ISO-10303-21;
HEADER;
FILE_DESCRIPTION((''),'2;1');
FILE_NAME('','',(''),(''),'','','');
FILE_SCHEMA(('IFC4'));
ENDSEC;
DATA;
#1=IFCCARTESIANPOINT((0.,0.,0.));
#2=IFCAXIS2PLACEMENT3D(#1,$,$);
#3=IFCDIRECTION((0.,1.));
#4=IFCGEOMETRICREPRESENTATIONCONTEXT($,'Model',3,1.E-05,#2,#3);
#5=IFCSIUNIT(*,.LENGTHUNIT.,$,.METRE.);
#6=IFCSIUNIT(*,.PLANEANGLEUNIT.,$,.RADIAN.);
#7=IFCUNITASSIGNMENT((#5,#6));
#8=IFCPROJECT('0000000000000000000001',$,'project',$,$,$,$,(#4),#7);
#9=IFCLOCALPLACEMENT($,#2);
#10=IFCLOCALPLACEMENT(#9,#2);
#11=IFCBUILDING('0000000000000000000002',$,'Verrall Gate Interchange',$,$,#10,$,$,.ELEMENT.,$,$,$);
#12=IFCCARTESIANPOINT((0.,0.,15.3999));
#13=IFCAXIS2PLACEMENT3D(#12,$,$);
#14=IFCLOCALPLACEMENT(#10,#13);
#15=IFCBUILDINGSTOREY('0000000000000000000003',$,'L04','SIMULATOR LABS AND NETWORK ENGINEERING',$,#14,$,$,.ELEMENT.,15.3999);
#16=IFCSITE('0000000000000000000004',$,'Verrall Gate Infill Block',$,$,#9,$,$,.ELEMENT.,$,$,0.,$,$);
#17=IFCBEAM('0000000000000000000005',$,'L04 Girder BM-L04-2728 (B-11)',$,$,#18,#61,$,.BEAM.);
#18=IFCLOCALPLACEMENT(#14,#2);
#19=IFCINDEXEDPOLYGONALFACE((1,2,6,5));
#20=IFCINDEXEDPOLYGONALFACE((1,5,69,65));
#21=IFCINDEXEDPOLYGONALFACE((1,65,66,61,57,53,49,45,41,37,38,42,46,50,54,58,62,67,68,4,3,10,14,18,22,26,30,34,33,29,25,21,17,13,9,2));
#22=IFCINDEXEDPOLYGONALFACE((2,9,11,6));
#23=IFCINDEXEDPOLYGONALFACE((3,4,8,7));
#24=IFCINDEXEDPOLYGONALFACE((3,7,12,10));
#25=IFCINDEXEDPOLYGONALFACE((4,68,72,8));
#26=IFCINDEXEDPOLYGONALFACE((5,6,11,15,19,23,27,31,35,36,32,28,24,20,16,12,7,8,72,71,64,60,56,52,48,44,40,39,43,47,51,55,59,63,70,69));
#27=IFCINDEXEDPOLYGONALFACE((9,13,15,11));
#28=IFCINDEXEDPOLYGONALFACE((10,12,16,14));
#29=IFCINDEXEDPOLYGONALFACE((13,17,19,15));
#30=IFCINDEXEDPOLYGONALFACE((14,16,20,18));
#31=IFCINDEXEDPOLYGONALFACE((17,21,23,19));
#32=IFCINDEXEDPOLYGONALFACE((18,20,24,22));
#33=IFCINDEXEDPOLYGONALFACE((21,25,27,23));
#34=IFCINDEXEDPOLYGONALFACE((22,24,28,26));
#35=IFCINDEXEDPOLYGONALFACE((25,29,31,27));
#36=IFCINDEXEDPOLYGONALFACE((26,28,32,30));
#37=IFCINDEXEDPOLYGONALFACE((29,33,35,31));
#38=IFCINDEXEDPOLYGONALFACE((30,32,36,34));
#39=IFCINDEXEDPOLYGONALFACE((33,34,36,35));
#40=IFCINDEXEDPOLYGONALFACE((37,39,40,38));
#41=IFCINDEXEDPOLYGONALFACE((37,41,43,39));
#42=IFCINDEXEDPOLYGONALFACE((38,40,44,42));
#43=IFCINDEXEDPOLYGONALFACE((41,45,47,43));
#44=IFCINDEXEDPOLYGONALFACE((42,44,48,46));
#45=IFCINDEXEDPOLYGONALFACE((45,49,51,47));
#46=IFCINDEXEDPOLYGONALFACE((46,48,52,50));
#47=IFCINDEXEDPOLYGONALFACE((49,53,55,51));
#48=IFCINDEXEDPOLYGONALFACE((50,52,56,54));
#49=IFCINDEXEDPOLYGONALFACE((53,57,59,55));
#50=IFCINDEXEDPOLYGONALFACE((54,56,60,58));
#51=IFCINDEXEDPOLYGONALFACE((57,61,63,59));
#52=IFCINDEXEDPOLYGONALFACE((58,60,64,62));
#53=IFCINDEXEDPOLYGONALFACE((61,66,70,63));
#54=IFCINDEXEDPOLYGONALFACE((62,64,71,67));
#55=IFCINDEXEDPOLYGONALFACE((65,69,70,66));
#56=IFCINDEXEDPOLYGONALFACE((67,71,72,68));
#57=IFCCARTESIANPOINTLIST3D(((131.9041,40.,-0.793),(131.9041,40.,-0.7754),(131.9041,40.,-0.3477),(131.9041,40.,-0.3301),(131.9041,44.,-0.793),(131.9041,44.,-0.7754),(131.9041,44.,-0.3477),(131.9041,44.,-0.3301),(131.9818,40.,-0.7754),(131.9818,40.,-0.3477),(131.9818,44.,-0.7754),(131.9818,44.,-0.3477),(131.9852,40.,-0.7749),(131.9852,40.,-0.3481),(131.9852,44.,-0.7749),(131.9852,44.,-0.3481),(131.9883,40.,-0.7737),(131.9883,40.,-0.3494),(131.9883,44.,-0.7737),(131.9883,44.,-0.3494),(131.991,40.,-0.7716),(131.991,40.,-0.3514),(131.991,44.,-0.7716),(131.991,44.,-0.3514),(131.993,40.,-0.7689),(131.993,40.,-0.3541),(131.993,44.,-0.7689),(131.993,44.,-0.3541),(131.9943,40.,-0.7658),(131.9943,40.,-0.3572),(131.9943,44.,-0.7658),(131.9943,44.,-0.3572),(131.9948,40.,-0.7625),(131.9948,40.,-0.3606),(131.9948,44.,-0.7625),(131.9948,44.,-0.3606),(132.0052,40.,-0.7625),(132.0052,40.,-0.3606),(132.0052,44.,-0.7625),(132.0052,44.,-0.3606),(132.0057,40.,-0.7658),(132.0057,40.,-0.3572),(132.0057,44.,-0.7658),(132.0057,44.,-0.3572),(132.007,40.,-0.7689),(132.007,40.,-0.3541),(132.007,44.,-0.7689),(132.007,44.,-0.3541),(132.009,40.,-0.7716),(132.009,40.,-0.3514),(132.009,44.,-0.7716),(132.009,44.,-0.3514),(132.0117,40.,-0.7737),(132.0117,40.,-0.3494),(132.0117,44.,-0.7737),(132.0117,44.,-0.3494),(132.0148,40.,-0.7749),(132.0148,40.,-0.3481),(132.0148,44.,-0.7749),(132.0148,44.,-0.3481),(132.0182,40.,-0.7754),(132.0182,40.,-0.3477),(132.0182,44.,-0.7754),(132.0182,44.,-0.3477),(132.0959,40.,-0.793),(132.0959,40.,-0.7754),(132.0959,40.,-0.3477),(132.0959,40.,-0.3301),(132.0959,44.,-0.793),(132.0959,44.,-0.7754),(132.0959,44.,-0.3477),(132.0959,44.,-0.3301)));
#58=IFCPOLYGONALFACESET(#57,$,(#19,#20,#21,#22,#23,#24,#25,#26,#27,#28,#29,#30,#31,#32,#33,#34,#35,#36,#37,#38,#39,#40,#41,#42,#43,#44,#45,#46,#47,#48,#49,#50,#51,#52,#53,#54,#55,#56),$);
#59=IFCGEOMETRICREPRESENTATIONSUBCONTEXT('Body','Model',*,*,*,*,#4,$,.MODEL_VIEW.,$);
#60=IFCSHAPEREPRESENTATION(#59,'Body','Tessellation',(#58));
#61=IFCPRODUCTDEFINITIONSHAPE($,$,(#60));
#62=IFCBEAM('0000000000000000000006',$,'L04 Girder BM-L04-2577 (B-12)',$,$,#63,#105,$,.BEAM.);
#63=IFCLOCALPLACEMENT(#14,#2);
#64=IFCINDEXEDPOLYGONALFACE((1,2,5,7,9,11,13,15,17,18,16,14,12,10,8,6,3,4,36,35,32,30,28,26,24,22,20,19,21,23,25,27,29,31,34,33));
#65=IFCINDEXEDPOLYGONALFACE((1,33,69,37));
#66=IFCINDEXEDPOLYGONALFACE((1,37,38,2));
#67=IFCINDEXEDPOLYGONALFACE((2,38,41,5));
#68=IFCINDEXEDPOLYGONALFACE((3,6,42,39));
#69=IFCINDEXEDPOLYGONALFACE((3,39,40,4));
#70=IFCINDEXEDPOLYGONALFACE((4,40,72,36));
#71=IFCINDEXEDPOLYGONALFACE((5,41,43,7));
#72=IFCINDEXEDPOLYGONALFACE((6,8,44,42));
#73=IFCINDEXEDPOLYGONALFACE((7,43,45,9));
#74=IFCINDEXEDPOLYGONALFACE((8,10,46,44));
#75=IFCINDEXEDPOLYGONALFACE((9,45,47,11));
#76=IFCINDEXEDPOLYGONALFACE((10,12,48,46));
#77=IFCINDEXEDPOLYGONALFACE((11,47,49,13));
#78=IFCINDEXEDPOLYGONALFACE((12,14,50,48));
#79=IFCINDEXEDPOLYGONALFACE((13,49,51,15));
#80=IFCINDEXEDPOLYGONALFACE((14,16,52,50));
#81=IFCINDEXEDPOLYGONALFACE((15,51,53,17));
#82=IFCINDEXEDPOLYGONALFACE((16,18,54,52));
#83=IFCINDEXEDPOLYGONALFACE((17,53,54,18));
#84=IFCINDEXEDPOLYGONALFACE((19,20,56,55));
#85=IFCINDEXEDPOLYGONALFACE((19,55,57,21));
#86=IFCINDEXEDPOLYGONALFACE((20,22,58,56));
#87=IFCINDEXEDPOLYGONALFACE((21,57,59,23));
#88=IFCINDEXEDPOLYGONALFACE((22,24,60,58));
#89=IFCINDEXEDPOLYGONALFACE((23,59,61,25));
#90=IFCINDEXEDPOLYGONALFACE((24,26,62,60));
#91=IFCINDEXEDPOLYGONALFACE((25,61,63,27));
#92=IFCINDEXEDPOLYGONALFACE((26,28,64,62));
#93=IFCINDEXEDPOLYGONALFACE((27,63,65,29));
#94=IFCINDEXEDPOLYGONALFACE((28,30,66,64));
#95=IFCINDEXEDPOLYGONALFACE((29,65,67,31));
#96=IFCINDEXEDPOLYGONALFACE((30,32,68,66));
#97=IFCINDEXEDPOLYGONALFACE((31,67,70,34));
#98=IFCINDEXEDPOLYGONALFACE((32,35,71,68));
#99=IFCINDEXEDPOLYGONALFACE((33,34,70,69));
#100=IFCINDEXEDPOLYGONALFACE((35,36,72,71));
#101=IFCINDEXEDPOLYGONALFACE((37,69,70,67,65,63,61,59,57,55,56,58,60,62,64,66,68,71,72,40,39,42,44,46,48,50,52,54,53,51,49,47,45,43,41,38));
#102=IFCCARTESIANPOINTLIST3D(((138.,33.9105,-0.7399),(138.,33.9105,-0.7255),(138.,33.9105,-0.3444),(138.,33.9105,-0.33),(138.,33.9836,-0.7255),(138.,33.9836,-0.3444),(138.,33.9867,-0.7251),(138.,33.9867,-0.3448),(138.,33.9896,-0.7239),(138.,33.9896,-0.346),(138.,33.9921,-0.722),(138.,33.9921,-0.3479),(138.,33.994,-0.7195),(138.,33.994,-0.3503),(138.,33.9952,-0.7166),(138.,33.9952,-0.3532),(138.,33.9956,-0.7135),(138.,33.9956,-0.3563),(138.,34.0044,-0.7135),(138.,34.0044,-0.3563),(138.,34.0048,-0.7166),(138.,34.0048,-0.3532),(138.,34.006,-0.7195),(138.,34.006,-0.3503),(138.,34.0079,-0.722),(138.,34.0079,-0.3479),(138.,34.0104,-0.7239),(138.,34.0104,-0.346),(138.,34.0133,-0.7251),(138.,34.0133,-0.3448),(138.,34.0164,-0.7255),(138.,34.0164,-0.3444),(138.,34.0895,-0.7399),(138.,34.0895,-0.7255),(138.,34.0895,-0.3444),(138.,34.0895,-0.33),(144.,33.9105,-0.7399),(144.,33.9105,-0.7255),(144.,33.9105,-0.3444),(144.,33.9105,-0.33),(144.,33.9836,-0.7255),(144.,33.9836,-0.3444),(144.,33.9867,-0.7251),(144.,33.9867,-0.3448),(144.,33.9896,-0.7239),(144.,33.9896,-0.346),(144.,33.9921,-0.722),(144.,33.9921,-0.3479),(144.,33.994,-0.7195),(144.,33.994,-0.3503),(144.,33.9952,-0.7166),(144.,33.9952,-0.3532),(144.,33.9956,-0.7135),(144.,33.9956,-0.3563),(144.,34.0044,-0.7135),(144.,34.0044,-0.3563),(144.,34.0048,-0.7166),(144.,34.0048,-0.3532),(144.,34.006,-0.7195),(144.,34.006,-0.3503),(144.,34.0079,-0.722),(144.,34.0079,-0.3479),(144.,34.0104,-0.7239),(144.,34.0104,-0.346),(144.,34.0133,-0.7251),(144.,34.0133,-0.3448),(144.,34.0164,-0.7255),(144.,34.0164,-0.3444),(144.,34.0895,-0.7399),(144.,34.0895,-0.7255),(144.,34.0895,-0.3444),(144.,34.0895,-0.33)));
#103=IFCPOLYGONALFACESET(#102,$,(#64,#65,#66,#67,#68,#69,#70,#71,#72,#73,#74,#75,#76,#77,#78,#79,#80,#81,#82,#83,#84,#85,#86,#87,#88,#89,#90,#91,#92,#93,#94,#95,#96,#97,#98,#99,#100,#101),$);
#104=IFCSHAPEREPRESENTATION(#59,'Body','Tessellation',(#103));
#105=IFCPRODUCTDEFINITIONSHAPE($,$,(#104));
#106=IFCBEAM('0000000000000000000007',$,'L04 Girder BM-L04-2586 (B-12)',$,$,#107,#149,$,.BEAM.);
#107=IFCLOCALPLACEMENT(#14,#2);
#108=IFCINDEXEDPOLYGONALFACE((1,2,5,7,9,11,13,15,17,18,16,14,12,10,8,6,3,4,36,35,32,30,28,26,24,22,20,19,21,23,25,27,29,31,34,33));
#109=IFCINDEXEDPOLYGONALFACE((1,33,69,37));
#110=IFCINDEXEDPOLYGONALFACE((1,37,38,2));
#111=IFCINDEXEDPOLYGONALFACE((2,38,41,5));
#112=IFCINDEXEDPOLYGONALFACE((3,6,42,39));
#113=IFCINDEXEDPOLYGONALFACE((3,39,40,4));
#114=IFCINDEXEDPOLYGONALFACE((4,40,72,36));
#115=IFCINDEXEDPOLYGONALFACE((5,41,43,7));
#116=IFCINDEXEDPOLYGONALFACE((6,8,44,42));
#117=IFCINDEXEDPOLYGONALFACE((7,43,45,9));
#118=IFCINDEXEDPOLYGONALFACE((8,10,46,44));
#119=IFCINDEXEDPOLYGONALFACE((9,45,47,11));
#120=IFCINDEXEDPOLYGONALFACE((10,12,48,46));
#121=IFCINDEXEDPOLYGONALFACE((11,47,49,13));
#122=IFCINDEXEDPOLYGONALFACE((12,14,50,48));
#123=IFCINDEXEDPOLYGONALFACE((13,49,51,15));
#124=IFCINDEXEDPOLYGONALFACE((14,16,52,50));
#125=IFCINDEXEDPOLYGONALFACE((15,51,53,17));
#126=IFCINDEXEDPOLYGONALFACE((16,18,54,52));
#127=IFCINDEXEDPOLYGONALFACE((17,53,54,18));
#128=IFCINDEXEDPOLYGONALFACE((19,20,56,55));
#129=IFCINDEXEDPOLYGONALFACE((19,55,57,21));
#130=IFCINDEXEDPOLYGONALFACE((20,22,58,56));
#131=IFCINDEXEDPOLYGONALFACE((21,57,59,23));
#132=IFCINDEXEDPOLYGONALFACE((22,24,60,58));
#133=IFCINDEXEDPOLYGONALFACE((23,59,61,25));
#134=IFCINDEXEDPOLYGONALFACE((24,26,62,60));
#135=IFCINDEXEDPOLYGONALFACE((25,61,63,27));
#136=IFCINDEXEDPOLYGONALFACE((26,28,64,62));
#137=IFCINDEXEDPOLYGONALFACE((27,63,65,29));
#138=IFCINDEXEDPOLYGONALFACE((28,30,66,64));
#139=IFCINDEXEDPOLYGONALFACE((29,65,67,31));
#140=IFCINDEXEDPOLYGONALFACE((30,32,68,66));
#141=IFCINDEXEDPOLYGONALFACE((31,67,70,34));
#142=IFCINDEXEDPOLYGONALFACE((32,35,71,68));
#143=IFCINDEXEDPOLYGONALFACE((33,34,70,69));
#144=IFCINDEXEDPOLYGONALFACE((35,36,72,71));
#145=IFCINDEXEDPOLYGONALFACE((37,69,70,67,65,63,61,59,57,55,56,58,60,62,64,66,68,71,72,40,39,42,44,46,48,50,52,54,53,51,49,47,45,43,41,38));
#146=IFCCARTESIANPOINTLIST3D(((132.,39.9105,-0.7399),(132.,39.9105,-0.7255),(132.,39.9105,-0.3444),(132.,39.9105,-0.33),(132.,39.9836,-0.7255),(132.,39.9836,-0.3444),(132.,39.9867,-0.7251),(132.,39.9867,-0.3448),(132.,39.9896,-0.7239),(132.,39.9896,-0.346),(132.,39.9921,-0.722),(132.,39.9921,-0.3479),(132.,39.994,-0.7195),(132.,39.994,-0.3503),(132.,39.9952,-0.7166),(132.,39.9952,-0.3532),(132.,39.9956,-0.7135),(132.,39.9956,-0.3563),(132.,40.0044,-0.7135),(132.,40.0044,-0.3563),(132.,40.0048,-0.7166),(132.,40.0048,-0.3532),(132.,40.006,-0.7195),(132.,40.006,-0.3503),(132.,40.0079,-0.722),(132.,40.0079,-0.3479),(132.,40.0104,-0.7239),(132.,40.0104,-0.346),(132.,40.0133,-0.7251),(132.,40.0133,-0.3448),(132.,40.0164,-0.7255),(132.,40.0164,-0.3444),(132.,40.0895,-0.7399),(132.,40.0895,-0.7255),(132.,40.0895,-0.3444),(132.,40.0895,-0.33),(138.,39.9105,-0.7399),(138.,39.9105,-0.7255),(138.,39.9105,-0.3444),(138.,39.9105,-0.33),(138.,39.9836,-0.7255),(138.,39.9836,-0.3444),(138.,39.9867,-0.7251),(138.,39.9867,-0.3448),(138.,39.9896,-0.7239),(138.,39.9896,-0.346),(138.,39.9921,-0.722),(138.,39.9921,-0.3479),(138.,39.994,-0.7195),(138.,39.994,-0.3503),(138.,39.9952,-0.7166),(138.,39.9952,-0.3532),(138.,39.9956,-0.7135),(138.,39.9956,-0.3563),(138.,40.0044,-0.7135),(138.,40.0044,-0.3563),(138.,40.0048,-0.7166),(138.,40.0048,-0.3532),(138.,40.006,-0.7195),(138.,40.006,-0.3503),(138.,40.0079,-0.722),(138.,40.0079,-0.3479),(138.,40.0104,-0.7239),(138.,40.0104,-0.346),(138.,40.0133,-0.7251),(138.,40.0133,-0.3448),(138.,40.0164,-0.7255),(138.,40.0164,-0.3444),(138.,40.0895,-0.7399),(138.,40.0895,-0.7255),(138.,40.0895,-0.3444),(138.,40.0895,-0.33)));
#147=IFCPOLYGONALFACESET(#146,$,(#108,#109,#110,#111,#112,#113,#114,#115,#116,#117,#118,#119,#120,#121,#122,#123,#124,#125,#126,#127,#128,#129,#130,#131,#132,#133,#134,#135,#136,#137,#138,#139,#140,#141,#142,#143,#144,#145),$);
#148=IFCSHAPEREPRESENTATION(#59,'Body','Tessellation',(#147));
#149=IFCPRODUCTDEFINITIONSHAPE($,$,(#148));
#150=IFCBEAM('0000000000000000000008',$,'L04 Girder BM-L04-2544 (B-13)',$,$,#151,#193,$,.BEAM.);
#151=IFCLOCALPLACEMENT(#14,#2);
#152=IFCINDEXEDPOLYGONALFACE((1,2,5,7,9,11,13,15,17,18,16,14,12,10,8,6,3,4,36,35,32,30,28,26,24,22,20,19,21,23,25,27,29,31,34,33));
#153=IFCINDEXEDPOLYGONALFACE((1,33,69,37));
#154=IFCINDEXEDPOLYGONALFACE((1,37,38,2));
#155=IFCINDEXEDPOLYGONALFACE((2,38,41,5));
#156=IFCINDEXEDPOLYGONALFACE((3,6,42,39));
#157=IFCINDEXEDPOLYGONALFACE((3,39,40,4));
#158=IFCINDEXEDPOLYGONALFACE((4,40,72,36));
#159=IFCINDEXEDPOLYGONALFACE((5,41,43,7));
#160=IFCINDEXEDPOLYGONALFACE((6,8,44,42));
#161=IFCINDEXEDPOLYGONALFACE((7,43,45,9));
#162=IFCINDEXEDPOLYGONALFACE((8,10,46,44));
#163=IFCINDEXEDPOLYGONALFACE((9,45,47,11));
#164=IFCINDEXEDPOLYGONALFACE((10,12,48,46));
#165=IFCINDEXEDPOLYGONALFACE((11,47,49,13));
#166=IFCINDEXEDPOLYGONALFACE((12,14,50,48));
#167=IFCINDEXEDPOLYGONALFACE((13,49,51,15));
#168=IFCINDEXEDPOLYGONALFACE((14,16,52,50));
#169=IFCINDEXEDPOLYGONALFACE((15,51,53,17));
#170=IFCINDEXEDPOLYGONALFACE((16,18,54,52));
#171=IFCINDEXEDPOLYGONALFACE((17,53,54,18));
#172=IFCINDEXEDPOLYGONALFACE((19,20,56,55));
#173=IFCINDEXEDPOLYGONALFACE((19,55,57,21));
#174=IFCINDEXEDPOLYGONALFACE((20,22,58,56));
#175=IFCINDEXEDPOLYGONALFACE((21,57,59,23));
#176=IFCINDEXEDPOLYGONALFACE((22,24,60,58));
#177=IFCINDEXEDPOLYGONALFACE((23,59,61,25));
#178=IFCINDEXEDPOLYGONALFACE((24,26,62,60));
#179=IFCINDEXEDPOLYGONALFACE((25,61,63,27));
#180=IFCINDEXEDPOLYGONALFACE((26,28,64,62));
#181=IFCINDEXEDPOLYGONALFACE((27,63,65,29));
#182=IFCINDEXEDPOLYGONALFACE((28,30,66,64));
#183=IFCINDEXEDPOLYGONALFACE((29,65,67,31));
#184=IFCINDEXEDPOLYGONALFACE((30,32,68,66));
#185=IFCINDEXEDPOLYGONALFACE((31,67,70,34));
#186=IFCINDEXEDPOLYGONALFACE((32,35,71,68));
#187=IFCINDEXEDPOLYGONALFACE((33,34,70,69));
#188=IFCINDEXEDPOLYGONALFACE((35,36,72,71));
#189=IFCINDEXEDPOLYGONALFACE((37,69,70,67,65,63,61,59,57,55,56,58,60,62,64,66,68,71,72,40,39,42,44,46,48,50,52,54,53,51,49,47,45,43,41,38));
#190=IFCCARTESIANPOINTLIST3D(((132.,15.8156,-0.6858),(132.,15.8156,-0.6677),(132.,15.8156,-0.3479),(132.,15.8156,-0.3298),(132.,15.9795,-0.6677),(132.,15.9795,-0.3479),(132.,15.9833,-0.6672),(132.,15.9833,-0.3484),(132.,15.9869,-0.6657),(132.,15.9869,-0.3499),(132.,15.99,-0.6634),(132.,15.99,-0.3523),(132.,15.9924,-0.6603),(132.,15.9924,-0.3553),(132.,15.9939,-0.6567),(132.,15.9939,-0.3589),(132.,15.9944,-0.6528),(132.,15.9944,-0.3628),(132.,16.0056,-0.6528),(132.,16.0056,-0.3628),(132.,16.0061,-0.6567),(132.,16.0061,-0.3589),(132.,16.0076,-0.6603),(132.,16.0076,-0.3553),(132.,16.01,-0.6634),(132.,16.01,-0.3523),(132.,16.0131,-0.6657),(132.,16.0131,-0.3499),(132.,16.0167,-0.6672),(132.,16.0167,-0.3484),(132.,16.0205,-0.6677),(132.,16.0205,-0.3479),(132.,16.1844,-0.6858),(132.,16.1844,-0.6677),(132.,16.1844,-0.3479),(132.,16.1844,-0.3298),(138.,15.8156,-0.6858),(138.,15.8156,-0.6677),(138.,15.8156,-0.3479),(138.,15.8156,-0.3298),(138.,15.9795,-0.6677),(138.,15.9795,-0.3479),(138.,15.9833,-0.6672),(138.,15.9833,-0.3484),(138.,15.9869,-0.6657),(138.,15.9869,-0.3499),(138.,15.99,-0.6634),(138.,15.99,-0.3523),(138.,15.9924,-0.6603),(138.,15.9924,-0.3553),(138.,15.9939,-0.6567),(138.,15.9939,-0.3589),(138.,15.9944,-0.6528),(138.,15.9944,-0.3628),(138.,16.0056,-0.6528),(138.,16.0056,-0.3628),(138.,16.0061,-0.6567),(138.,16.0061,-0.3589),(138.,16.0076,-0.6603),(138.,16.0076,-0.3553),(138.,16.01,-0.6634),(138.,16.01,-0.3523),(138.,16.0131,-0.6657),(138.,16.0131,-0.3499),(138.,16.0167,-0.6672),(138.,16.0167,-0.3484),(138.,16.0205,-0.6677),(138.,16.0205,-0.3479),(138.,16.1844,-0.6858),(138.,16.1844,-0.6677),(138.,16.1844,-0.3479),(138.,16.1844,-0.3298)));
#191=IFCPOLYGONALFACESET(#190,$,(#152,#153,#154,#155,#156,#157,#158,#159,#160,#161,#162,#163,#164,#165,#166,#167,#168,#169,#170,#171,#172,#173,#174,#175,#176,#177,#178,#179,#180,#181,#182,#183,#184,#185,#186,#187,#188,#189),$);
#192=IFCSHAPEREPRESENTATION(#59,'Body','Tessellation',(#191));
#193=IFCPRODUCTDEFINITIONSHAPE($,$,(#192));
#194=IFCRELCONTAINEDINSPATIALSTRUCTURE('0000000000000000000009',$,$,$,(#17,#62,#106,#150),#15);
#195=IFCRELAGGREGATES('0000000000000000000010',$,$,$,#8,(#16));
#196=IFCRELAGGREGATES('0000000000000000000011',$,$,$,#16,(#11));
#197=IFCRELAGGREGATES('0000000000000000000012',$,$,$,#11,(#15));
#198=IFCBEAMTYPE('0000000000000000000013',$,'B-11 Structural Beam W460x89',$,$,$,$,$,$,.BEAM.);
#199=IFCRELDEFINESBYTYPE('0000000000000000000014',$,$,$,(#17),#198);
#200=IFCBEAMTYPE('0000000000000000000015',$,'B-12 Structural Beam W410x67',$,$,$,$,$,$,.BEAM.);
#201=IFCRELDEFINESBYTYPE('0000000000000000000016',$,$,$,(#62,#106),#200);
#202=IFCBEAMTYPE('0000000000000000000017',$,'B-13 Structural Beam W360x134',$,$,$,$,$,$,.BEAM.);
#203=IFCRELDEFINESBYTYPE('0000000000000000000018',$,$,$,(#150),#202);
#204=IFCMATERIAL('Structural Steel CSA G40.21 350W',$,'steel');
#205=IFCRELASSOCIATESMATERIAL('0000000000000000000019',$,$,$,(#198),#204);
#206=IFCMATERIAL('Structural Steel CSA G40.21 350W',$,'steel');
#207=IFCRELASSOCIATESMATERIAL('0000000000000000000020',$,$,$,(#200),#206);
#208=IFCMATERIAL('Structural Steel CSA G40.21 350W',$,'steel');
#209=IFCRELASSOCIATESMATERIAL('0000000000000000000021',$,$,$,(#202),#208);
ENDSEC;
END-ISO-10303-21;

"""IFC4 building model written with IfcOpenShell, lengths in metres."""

from ifc_helpers import new_model, si_unit, direction, frame, origin, origin_2d, place, context, subcontext, project, spatial, i_section, extrude, material, material_profile, profile_set, type_object, element, save


model = new_model("IFC4")

# Units and contexts
model_context = context("Model", 3, precision=1e-05, world=origin(), true_north=direction((0.0, 1.0)))
body_context = subcontext(model_context, "Body", "Model", "MODEL_VIEW")
ifc_project = project(units=[si_unit("LENGTHUNIT", "METRE"), si_unit("PLANEANGLEUNIT", "RADIAN")], contexts=[model_context])

# Site, building, storey
site_placement = place(None, origin())
site = spatial("IfcSite", under=ifc_project, at=site_placement, Name="Verrall Gate Infill Block", CompositionType="ELEMENT", RefElevation=0.0)
building_placement = place(site_placement, origin())
building = spatial("IfcBuilding", under=site, at=building_placement, Name="Verrall Gate Interchange", CompositionType="ELEMENT")
storey_placement = place(building_placement, frame((0.0, 0.0, 15.3999)))
storey = spatial("IfcBuildingStorey", under=building, at=storey_placement, Name="L04", Description="SIMULATOR LABS AND NETWORK ENGINEERING", CompositionType="ELEMENT", Elevation=15.3999)

# Beams
ifc_material_1 = material(Name="Structural Steel CSA G40.21 350W", Category="steel")
ifc_material_profile_1 = material_profile(ifc_material_1, i_section(OverallWidth=0.1919, OverallDepth=0.4629, WebThickness=0.0105, FlangeThickness=0.0176, FilletRadius=0.0129, at=origin_2d()), Name="W460x89")
ifc_profile_set_1 = profile_set([ifc_material_profile_1], Name="Structural Steel CSA G40.21 350W")
beam_type_1 = type_object("IfcBeamType", Name="B-11 Structural Beam W460x89", PredefinedType="BEAM", material=ifc_profile_set_1)
beam_1_placement = place(storey_placement, frame((132.0, 40.0, -0.5615), z_axis=(0.0, 1.0, 0.0), x_axis=(-1.0, 0.0, 0.0)))
element("IfcBeam", 1, at=beam_1_placement, inside=storey, type_object=beam_type_1, Name="L04 Girder BM-L04-2728 (B-11)", PredefinedType="BEAM", context=body_context, shape_type="SweptSolid", body=[
    extrude(i_section(OverallWidth=0.1919, OverallDepth=0.4629, WebThickness=0.0105, FlangeThickness=0.0176, FilletRadius=0.0129, at=origin_2d()), origin(), (0.0, 0.0, 1.0), 4.0),
])
ifc_material_2 = material(Name="Structural Steel CSA G40.21 350W", Category="steel")
ifc_material_profile_2 = material_profile(ifc_material_2, i_section(OverallWidth=0.179, OverallDepth=0.4099, WebThickness=0.0088, FlangeThickness=0.0144, FilletRadius=0.012, at=origin_2d()), Name="W410x67")
ifc_profile_set_2 = profile_set([ifc_material_profile_2], Name="Structural Steel CSA G40.21 350W")
beam_type_2 = type_object("IfcBeamType", Name="B-12 Structural Beam W410x67", PredefinedType="BEAM", material=ifc_profile_set_2)
for number, where, z_axis, x_axis, name in (
    (2, (138.0, 34.0, -0.5349), (1.0, 0.0, 0.0), (0.0, 1.0, 0.0), "L04 Girder BM-L04-2577 (B-12)"),
    (3, (132.0, 40.0, -0.5349), (1.0, 0.0, 0.0), (0.0, 1.0, 0.0), "L04 Girder BM-L04-2586 (B-12)"),
):
    element("IfcBeam", number, at=place(storey_placement, frame(where, z_axis=z_axis, x_axis=x_axis)), inside=storey, type_object=beam_type_2, Name=name, PredefinedType="BEAM", context=body_context, shape_type="SweptSolid", body=[
        extrude(i_section(OverallWidth=0.179, OverallDepth=0.4099, WebThickness=0.0088, FlangeThickness=0.0144, FilletRadius=0.012, at=origin_2d()), origin(), (0.0, 0.0, 1.0), 6.0),
    ])
ifc_material_3 = material(Name="Structural Steel CSA G40.21 350W", Category="steel")
ifc_material_profile_3 = material_profile(ifc_material_3, i_section(OverallWidth=0.3689, OverallDepth=0.356, WebThickness=0.0112, FlangeThickness=0.0181, FilletRadius=0.0149, at=origin_2d()), Name="W360x134")
ifc_profile_set_3 = profile_set([ifc_material_profile_3], Name="Structural Steel CSA G40.21 350W")
beam_type_3 = type_object("IfcBeamType", Name="B-13 Structural Beam W360x134", PredefinedType="BEAM", material=ifc_profile_set_3)
beam_2_placement = place(storey_placement, frame((132.0, 16.0, -0.5078), z_axis=(1.0, 0.0, 0.0), x_axis=(0.0, 1.0, 0.0)))
element("IfcBeam", 4, at=beam_2_placement, inside=storey, type_object=beam_type_3, Name="L04 Girder BM-L04-2544 (B-13)", PredefinedType="BEAM", context=body_context, shape_type="SweptSolid", body=[
    extrude(i_section(OverallWidth=0.3689, OverallDepth=0.356, WebThickness=0.0112, FlangeThickness=0.0181, FilletRadius=0.0149, at=origin_2d()), origin(), (0.0, 0.0, 1.0), 6.0),
])

save(model, "model.ifc")
